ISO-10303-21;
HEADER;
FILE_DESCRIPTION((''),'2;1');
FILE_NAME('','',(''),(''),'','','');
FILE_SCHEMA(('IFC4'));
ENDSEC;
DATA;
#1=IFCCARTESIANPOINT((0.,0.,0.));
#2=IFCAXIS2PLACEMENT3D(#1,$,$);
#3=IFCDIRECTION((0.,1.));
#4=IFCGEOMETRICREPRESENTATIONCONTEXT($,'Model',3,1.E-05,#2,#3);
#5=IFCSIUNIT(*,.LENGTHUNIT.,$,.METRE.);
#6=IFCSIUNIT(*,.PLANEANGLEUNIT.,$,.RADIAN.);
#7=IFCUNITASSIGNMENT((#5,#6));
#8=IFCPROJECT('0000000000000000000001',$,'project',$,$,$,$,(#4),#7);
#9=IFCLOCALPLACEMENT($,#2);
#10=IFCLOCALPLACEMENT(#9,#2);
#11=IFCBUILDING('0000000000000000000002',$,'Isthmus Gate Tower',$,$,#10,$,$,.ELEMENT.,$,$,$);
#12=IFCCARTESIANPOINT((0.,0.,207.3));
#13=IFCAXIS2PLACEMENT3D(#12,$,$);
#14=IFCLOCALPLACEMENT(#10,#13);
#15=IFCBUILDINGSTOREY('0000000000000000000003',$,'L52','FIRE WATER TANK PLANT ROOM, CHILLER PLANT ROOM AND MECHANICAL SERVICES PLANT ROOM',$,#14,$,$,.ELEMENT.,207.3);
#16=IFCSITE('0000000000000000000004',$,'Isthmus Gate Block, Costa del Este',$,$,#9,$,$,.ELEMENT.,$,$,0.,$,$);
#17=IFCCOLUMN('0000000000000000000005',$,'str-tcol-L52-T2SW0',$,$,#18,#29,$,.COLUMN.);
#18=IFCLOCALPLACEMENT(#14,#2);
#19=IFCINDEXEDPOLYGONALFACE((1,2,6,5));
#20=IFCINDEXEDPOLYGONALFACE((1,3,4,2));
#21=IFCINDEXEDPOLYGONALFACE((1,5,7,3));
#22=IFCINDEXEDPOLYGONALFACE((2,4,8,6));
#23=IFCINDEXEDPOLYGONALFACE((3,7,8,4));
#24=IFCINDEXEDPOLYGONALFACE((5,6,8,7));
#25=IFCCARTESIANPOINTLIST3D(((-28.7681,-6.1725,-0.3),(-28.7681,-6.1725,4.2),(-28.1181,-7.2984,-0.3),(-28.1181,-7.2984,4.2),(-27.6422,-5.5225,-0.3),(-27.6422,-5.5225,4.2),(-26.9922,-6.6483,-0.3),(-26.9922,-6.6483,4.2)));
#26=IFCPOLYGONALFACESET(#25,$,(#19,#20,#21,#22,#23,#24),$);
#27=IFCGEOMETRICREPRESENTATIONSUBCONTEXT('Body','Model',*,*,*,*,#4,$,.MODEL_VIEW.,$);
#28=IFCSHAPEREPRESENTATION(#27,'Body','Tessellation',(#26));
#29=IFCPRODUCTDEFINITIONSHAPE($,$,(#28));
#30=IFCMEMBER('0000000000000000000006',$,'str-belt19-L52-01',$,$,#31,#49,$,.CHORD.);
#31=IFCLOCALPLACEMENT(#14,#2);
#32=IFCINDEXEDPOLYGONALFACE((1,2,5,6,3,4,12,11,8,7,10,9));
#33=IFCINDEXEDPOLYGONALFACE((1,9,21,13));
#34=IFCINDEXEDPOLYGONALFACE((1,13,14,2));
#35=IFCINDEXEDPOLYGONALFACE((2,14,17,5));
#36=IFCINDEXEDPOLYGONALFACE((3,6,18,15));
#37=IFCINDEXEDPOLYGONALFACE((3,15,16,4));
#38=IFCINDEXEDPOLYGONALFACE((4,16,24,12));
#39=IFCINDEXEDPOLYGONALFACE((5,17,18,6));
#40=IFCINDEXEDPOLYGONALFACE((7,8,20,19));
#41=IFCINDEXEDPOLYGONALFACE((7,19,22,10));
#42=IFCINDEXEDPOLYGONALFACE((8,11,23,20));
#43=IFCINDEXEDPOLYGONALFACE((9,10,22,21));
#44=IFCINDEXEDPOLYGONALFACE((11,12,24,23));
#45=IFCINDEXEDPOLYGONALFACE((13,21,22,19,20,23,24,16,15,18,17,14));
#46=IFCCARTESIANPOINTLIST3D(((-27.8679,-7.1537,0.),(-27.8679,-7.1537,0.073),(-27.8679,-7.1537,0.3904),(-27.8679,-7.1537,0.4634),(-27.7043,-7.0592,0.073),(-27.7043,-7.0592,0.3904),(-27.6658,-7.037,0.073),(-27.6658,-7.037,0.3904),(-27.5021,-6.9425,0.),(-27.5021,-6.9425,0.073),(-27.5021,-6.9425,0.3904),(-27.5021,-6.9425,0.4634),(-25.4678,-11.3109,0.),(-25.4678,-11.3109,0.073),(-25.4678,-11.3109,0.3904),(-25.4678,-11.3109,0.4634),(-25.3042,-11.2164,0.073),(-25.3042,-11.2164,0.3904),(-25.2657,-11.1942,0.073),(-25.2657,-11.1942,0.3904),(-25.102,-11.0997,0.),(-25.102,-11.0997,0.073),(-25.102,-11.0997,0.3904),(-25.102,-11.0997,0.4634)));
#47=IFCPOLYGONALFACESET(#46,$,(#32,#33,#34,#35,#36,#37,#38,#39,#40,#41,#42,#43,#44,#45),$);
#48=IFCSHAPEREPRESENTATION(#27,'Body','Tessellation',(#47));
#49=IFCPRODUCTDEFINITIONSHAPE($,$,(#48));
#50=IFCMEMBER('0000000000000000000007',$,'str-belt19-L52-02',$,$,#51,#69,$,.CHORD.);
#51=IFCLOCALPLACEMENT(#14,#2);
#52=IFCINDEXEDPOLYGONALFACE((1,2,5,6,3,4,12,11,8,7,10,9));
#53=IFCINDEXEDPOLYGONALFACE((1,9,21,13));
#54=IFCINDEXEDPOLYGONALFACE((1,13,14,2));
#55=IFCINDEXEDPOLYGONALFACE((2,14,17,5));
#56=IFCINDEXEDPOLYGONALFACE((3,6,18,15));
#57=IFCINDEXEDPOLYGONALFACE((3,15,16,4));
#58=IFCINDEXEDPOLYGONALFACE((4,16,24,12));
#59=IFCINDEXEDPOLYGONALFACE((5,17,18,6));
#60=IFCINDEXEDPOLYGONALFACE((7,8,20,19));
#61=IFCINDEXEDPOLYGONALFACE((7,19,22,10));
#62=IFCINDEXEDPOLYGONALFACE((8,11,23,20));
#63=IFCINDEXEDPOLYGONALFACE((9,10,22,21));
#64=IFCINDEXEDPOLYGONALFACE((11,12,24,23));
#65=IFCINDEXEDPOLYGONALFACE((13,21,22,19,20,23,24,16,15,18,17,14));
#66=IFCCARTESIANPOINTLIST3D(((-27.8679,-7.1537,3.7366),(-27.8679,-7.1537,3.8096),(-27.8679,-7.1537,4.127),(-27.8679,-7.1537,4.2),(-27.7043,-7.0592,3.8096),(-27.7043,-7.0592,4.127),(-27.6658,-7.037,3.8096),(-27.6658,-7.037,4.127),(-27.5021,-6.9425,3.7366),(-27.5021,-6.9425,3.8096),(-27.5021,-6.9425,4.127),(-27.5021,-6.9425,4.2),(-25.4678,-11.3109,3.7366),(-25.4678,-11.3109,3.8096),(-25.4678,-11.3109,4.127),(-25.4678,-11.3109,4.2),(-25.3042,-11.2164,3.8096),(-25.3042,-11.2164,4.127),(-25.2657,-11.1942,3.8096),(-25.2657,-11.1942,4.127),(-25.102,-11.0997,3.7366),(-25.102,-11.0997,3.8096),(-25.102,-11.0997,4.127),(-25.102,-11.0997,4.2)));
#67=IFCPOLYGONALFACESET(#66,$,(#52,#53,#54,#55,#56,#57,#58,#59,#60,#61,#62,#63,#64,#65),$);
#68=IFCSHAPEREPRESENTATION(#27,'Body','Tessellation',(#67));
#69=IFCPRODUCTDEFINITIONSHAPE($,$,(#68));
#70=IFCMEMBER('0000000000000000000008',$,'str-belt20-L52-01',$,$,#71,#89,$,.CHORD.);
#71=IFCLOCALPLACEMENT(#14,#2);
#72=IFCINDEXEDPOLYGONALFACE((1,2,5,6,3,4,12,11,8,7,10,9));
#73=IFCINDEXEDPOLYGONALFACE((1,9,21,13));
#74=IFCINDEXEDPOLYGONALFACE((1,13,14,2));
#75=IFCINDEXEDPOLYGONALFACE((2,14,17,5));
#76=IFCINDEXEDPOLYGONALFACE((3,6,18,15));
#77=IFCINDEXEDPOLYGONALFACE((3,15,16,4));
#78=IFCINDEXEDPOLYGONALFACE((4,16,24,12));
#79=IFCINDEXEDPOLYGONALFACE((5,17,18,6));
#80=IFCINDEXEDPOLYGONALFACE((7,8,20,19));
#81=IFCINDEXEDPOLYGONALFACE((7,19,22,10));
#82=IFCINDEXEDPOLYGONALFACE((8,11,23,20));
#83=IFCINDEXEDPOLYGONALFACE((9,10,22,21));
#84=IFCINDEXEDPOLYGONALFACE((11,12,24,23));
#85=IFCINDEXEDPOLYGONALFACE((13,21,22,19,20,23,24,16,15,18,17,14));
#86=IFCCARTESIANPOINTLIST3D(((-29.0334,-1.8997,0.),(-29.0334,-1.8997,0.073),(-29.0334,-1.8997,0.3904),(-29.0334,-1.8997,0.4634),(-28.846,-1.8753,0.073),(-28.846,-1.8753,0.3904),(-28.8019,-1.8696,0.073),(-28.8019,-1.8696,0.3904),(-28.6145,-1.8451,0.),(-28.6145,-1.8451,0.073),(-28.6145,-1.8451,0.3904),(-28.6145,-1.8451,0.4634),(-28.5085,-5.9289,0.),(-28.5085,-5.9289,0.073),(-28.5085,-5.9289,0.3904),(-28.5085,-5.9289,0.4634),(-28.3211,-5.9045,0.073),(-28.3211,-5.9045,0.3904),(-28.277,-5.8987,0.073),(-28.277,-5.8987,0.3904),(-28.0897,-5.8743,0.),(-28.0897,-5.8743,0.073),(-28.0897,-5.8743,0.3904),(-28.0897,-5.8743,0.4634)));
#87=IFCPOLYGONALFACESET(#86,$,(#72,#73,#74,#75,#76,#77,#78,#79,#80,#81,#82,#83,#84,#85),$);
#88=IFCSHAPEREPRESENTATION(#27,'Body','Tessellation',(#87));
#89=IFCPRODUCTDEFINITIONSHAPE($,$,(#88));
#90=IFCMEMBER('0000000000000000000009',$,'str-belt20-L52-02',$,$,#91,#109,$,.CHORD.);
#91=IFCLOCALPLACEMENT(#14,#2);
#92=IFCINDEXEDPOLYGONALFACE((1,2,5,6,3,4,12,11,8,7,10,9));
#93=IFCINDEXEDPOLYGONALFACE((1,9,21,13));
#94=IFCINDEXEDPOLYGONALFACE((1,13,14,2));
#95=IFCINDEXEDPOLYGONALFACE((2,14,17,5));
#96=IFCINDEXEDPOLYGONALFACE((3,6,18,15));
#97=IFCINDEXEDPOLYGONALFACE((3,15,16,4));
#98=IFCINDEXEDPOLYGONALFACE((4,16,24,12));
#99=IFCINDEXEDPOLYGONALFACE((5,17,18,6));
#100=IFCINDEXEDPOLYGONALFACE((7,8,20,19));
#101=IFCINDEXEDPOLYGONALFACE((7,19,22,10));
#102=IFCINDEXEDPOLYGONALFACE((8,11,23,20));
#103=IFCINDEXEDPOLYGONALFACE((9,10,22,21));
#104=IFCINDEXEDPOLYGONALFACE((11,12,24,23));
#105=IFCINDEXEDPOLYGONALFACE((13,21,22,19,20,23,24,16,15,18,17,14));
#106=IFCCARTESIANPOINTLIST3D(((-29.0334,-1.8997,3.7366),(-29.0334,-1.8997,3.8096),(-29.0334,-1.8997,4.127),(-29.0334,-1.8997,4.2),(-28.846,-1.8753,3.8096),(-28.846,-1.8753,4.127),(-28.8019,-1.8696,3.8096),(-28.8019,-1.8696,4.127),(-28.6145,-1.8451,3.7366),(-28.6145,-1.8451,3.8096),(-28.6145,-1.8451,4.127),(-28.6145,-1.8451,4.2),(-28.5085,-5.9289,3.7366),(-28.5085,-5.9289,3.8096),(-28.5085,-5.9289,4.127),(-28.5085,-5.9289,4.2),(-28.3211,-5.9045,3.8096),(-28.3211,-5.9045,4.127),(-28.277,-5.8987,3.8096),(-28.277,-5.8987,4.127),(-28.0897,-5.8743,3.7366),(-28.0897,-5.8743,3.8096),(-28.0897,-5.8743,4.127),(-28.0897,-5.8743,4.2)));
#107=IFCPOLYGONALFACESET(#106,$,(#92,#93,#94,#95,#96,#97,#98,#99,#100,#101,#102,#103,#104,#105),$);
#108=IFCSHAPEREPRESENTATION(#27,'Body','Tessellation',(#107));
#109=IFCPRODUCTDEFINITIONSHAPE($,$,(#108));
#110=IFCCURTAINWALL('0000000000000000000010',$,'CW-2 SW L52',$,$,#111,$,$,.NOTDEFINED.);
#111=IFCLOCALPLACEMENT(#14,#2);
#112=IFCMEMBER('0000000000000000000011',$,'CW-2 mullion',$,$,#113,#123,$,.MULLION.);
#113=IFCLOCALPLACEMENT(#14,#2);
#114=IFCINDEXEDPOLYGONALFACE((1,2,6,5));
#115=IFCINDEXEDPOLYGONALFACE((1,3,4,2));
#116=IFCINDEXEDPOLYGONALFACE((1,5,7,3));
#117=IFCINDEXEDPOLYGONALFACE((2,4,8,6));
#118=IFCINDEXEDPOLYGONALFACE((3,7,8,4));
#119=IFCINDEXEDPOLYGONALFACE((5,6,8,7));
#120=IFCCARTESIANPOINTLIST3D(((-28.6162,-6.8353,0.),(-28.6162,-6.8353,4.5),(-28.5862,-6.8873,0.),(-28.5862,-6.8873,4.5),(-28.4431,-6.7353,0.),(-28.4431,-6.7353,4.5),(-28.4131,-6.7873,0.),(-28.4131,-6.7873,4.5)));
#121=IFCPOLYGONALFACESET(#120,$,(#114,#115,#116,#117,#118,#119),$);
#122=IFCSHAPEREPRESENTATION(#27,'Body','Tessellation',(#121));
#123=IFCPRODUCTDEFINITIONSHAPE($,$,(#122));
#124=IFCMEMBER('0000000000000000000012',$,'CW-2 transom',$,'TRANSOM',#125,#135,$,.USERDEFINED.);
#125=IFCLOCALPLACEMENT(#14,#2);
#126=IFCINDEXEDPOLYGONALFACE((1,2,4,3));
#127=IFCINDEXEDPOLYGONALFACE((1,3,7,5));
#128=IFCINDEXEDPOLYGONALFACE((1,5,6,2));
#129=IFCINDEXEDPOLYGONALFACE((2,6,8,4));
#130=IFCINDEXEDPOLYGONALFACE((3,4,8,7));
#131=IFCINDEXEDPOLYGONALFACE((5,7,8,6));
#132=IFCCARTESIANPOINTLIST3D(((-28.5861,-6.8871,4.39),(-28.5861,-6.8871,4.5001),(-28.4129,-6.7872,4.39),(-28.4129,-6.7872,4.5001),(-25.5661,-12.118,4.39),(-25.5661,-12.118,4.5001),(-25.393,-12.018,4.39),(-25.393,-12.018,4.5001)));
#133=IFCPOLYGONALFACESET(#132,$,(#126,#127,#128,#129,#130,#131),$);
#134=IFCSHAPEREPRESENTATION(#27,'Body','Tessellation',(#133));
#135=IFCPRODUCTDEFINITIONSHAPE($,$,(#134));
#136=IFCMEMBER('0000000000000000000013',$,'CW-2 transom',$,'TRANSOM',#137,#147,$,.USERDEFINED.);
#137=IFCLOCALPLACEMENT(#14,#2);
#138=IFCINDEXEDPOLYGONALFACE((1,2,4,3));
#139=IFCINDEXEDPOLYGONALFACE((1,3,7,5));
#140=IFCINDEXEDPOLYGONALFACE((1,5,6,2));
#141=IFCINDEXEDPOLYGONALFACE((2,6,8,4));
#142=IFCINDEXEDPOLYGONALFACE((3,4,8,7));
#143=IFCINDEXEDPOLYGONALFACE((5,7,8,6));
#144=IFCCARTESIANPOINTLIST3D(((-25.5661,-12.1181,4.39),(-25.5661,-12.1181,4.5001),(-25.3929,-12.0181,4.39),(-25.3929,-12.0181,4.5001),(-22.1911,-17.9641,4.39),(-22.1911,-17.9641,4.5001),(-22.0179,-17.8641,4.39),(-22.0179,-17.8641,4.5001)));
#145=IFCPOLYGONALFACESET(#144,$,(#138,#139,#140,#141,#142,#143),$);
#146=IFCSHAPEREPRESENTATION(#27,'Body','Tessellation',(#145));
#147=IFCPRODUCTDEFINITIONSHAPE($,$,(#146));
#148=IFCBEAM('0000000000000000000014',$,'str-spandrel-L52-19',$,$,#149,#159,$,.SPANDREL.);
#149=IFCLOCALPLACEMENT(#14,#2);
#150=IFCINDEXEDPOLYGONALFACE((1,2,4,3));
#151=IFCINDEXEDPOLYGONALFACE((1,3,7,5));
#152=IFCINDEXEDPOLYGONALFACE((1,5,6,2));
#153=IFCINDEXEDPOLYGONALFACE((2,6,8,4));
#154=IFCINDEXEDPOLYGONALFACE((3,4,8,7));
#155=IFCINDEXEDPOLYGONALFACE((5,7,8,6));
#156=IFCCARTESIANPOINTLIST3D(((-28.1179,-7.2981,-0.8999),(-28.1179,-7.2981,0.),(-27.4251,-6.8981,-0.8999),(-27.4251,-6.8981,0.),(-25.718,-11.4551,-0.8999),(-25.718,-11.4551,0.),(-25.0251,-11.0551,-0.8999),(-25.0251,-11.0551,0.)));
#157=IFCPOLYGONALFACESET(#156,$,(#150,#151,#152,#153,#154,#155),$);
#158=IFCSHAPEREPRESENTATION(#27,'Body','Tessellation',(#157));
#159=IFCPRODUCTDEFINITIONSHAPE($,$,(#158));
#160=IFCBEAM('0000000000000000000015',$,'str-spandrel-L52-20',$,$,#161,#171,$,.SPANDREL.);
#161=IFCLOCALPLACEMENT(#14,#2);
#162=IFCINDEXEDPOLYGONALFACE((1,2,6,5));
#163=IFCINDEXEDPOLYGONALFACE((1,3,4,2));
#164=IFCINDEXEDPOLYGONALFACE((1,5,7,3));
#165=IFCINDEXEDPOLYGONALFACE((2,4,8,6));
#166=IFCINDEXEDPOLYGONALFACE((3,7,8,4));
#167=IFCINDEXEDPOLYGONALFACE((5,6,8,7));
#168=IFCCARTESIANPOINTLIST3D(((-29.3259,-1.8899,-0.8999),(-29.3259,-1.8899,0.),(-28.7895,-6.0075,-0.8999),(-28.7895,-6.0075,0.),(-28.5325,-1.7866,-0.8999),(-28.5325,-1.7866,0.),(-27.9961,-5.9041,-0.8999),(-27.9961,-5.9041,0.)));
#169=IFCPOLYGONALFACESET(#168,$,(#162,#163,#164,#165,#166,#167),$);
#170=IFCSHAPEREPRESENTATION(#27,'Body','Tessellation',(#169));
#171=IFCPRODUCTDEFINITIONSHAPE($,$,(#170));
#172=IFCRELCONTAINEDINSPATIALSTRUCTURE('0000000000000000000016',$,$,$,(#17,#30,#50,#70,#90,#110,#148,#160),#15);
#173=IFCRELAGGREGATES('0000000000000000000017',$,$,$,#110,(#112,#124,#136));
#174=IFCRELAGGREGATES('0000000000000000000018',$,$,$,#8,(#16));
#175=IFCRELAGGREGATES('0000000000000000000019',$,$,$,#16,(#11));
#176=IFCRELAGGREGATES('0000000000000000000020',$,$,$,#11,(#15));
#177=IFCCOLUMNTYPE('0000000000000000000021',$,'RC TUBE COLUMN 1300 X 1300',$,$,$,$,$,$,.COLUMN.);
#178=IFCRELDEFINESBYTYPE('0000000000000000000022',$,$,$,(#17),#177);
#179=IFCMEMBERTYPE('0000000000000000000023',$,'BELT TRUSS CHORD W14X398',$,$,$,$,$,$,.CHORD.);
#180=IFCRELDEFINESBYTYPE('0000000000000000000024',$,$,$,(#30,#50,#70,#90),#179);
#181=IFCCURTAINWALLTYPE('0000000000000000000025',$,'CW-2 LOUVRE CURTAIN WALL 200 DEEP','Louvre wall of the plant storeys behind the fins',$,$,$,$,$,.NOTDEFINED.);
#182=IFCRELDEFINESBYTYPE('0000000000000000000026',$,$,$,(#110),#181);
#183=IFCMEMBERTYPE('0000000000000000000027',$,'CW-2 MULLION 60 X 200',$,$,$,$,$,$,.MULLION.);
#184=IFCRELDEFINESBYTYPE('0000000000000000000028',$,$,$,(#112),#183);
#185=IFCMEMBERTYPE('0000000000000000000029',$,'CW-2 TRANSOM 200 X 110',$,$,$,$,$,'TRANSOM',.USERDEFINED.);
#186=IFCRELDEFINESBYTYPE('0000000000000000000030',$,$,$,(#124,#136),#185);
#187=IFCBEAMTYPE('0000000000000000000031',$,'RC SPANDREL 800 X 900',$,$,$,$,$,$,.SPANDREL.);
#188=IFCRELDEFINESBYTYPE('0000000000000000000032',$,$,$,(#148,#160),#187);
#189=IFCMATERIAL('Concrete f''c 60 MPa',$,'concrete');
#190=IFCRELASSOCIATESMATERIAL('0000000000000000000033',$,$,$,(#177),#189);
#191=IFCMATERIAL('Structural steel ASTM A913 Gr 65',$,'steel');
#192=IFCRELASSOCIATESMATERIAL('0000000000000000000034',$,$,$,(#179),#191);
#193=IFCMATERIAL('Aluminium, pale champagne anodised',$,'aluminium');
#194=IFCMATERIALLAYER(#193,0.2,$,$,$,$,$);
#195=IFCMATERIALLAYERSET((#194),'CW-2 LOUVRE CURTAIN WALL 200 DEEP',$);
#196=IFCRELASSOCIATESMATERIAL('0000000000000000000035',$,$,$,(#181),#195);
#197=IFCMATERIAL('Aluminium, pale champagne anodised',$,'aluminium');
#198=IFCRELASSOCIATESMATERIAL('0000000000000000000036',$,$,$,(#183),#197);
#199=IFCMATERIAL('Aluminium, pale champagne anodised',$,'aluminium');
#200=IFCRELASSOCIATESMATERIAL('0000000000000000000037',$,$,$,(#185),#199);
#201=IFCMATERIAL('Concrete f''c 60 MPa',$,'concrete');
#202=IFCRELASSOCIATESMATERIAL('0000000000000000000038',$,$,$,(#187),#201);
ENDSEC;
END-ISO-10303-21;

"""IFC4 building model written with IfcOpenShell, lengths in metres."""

from ifc_helpers import new_model, si_unit, direction, frame, origin, origin_2d, place, context, subcontext, project, spatial, rectangle, i_section, extrude, material, layer, layer_set, material_profile, profile_set, type_object, element, aggregate, save


model = new_model("IFC4")

# Units and contexts
model_context = context("Model", 3, precision=1e-05, world=origin(), true_north=direction((0.0, 1.0)))
body_context = subcontext(model_context, "Body", "Model", "MODEL_VIEW")
ifc_project = project(units=[si_unit("LENGTHUNIT", "METRE"), si_unit("PLANEANGLEUNIT", "RADIAN")], contexts=[model_context])

# Site, building, storey
site_placement = place(None, origin())
site = spatial("IfcSite", under=ifc_project, at=site_placement, Name="Isthmus Gate Block, Costa del Este", CompositionType="ELEMENT", RefElevation=0.0)
building_placement = place(site_placement, origin())
building = spatial("IfcBuilding", under=site, at=building_placement, Name="Isthmus Gate Tower", CompositionType="ELEMENT")
storey_placement = place(building_placement, frame((0.0, 0.0, 207.3)))
storey = spatial("IfcBuildingStorey", under=building, at=storey_placement, Name="L52", Description="FIRE WATER TANK PLANT ROOM, CHILLER PLANT ROOM AND MECHANICAL SERVICES PLANT ROOM", CompositionType="ELEMENT", Elevation=207.3)

# Column
ifc_material_1 = material(Name="Concrete f'c 60 MPa", Category="concrete")
ifc_material_profile_1 = material_profile(ifc_material_1, rectangle(XDim=1.3, YDim=1.3, at=origin_2d()), Name="RC 1300X1300")
ifc_profile_set_1 = profile_set([ifc_material_profile_1], Name="Concrete f'c 60 MPa")
column_type = type_object("IfcColumnType", Name="RC TUBE COLUMN 1300 X 1300", PredefinedType="COLUMN", material=ifc_profile_set_1)
column_placement = place(storey_placement, frame((-27.8801, -6.4104, -0.3), z_axis=(0.0, 0.0, 1.0), x_axis=(0.5, -0.866025, 0.0)))
element("IfcColumn", 1, at=column_placement, inside=storey, type_object=column_type, Name="str-tcol-L52-T2SW0", PredefinedType="COLUMN", context=body_context, shape_type="SweptSolid", body=[
    extrude(rectangle(XDim=1.3, YDim=1.3, at=origin_2d()), origin(), (0.0, 0.0, 1.0), 4.5),
])

# Members
ifc_material_2 = material(Name="Structural steel ASTM A913 Gr 65", Category="steel")
ifc_material_profile_2 = material_profile(ifc_material_2, i_section(OverallWidth=0.4224, OverallDepth=0.4634, WebThickness=0.0444, FlangeThickness=0.073, at=origin_2d()), Name="W14X398")
ifc_profile_set_2 = profile_set([ifc_material_profile_2], Name="Structural steel ASTM A913 Gr 65")
member_type_1 = type_object("IfcMemberType", Name="BELT TRUSS CHORD W14X398", PredefinedType="CHORD", material=ifc_profile_set_2)
for number, where, z_axis, x_axis, name in (
    (2, (-25.2849, -11.2053, 0.2317), (-0.499995, 0.866028, 0.0), (-0.866028, -0.499995, 0.0), "str-belt19-L52-01"),
    (3, (-25.2849, -11.2053, 3.9683), (-0.499995, 0.866028, 0.0), (-0.866028, -0.499995, 0.0), "str-belt19-L52-02"),
):
    element("IfcMember", number, at=place(storey_placement, frame(where, z_axis=z_axis, x_axis=x_axis)), inside=storey, type_object=member_type_1, Name=name, PredefinedType="CHORD", context=body_context, shape_type="SweptSolid", body=[
        extrude(i_section(OverallWidth=0.4224, OverallDepth=0.4634, WebThickness=0.0444, FlangeThickness=0.073, at=origin_2d()), origin(), (0.0, 0.0, 1.0), 4.8003),
    ])
for number, where, z_axis, x_axis, name in (
    (4, (-28.2991, -5.9016, 0.2317), (-0.12918, 0.991621, 0.0), (-0.991621, -0.12918, 0.0), "str-belt20-L52-01"),
    (5, (-28.2991, -5.9016, 3.9683), (-0.12918, 0.991621, 0.0), (-0.991621, -0.12918, 0.0), "str-belt20-L52-02"),
):
    element("IfcMember", number, at=place(storey_placement, frame(where, z_axis=z_axis, x_axis=x_axis)), inside=storey, type_object=member_type_1, Name=name, PredefinedType="CHORD", context=body_context, shape_type="SweptSolid", body=[
        extrude(i_section(OverallWidth=0.4224, OverallDepth=0.4634, WebThickness=0.0444, FlangeThickness=0.073, at=origin_2d()), origin(), (0.0, 0.0, 1.0), 4.0632),
    ])

# Curtain wall, members
ifc_material_3 = material(Name="Aluminium, pale champagne anodised", Category="aluminium")
ifc_layer_1 = layer(ifc_material_3, 0.2)
ifc_layer_set_1 = layer_set([ifc_layer_1], Name="CW-2 LOUVRE CURTAIN WALL 200 DEEP")
curtain_wall_type = type_object("IfcCurtainWallType", Name="CW-2 LOUVRE CURTAIN WALL 200 DEEP", Description="Louvre wall of the plant storeys behind the fins", PredefinedType="NOTDEFINED", material=ifc_layer_set_1)
curtain_wall_placement = place(storey_placement, origin())
curtain_wall = element("IfcCurtainWall", 6, at=curtain_wall_placement, inside=storey, type_object=curtain_wall_type, Name="CW-2 SW L52", PredefinedType="NOTDEFINED")
ifc_material_4 = material(Name="Aluminium, pale champagne anodised", Category="aluminium")
ifc_material_profile_3 = material_profile(ifc_material_4, rectangle(XDim=0.0601, YDim=0.2, at=origin_2d()), Name="60x200")
ifc_profile_set_3 = profile_set([ifc_material_profile_3], Name="Aluminium, pale champagne anodised")
member_type_2 = type_object("IfcMemberType", Name="CW-2 MULLION 60 X 200", PredefinedType="MULLION", material=ifc_profile_set_3)
member_1_placement = place(storey_placement, frame((-28.5146, -6.8113, 0.0), z_axis=(0.0, 0.0, 1.0), x_axis=(0.5, -0.866025, 0.0)))
member_1 = element("IfcMember", 7, at=member_1_placement, type_object=member_type_2, Name="CW-2 mullion", PredefinedType="MULLION", context=body_context, shape_type="SweptSolid", body=[
    extrude(rectangle(XDim=0.0601, YDim=0.2, at=origin_2d()), origin(), (0.0, 0.0, 1.0), 4.5),
])
ifc_material_5 = material(Name="Aluminium, pale champagne anodised", Category="aluminium")
ifc_material_profile_4 = material_profile(ifc_material_5, rectangle(XDim=0.2, YDim=0.1101, at=origin_2d()), Name="200x110")
ifc_profile_set_4 = profile_set([ifc_material_profile_4], Name="Aluminium, pale champagne anodised")
member_type_3 = type_object("IfcMemberType", Name="CW-2 TRANSOM 200 X 110", ElementType="TRANSOM", PredefinedType="USERDEFINED", material=ifc_profile_set_4)
member_2_placement = place(storey_placement, frame((-28.4995, -6.8372, 4.4451), z_axis=(0.499991, -0.866031, 0.0), x_axis=(0.866031, 0.499991, 0.0)))
member_2 = element("IfcMember", 8, at=member_2_placement, type_object=member_type_3, Name="CW-2 transom", ObjectType="TRANSOM", PredefinedType="USERDEFINED", context=body_context, shape_type="SweptSolid", body=[
    extrude(rectangle(XDim=0.2, YDim=0.1101, at=origin_2d()), origin(), (0.0, 0.0, 1.0), 6.04),
])
member_3_placement = place(storey_placement, frame((-25.4795, -12.0681, 4.4451), z_axis=(0.499982, -0.866036, 0.0), x_axis=(0.866036, 0.499982, 0.0)))
member_3 = element("IfcMember", 9, at=member_3_placement, type_object=member_type_3, Name="CW-2 transom", ObjectType="TRANSOM", PredefinedType="USERDEFINED", context=body_context, shape_type="SweptSolid", body=[
    extrude(rectangle(XDim=0.2, YDim=0.1101, at=origin_2d()), origin(), (0.0, 0.0, 1.0), 6.7502),
])

# Beams
ifc_material_6 = material(Name="Concrete f'c 60 MPa", Category="concrete")
ifc_material_profile_5 = material_profile(ifc_material_6, rectangle(XDim=0.8, YDim=0.8999, at=origin_2d()), Name="RC 800X900")
ifc_profile_set_5 = profile_set([ifc_material_profile_5], Name="Concrete f'c 60 MPa")
beam_type_1 = type_object("IfcBeamType", Name="RC SPANDREL 800 X 900", PredefinedType="SPANDREL", material=ifc_profile_set_5)
beam_1_placement = place(storey_placement, frame((-25.3716, -11.2551, -0.45), z_axis=(-0.499979, 0.866037, 0.0), x_axis=(-0.866037, -0.499979, 0.0)))
element("IfcBeam", 10, at=beam_1_placement, inside=storey, type_object=beam_type_1, Name="str-spandrel-L52-19", PredefinedType="SPANDREL", context=body_context, shape_type="SweptSolid", body=[
    extrude(rectangle(XDim=0.8, YDim=0.8999, at=origin_2d()), origin(), (0.0, 0.0, 1.0), 4.8),
])
beam_2_placement = place(storey_placement, frame((-28.3928, -5.9558, -0.45), z_axis=(-0.129171, 0.991622, 0.0), x_axis=(-0.991622, -0.129171, 0.0)))
element("IfcBeam", 11, at=beam_2_placement, inside=storey, type_object=beam_type_1, Name="str-spandrel-L52-20", PredefinedType="SPANDREL", context=body_context, shape_type="SweptSolid", body=[
    extrude(rectangle(XDim=0.8, YDim=0.8999, at=origin_2d()), origin(), (0.0, 0.0, 1.0), 4.1523),
])

aggregate(curtain_wall, [member_1, member_2, member_3])

save(model, "model.ifc")
